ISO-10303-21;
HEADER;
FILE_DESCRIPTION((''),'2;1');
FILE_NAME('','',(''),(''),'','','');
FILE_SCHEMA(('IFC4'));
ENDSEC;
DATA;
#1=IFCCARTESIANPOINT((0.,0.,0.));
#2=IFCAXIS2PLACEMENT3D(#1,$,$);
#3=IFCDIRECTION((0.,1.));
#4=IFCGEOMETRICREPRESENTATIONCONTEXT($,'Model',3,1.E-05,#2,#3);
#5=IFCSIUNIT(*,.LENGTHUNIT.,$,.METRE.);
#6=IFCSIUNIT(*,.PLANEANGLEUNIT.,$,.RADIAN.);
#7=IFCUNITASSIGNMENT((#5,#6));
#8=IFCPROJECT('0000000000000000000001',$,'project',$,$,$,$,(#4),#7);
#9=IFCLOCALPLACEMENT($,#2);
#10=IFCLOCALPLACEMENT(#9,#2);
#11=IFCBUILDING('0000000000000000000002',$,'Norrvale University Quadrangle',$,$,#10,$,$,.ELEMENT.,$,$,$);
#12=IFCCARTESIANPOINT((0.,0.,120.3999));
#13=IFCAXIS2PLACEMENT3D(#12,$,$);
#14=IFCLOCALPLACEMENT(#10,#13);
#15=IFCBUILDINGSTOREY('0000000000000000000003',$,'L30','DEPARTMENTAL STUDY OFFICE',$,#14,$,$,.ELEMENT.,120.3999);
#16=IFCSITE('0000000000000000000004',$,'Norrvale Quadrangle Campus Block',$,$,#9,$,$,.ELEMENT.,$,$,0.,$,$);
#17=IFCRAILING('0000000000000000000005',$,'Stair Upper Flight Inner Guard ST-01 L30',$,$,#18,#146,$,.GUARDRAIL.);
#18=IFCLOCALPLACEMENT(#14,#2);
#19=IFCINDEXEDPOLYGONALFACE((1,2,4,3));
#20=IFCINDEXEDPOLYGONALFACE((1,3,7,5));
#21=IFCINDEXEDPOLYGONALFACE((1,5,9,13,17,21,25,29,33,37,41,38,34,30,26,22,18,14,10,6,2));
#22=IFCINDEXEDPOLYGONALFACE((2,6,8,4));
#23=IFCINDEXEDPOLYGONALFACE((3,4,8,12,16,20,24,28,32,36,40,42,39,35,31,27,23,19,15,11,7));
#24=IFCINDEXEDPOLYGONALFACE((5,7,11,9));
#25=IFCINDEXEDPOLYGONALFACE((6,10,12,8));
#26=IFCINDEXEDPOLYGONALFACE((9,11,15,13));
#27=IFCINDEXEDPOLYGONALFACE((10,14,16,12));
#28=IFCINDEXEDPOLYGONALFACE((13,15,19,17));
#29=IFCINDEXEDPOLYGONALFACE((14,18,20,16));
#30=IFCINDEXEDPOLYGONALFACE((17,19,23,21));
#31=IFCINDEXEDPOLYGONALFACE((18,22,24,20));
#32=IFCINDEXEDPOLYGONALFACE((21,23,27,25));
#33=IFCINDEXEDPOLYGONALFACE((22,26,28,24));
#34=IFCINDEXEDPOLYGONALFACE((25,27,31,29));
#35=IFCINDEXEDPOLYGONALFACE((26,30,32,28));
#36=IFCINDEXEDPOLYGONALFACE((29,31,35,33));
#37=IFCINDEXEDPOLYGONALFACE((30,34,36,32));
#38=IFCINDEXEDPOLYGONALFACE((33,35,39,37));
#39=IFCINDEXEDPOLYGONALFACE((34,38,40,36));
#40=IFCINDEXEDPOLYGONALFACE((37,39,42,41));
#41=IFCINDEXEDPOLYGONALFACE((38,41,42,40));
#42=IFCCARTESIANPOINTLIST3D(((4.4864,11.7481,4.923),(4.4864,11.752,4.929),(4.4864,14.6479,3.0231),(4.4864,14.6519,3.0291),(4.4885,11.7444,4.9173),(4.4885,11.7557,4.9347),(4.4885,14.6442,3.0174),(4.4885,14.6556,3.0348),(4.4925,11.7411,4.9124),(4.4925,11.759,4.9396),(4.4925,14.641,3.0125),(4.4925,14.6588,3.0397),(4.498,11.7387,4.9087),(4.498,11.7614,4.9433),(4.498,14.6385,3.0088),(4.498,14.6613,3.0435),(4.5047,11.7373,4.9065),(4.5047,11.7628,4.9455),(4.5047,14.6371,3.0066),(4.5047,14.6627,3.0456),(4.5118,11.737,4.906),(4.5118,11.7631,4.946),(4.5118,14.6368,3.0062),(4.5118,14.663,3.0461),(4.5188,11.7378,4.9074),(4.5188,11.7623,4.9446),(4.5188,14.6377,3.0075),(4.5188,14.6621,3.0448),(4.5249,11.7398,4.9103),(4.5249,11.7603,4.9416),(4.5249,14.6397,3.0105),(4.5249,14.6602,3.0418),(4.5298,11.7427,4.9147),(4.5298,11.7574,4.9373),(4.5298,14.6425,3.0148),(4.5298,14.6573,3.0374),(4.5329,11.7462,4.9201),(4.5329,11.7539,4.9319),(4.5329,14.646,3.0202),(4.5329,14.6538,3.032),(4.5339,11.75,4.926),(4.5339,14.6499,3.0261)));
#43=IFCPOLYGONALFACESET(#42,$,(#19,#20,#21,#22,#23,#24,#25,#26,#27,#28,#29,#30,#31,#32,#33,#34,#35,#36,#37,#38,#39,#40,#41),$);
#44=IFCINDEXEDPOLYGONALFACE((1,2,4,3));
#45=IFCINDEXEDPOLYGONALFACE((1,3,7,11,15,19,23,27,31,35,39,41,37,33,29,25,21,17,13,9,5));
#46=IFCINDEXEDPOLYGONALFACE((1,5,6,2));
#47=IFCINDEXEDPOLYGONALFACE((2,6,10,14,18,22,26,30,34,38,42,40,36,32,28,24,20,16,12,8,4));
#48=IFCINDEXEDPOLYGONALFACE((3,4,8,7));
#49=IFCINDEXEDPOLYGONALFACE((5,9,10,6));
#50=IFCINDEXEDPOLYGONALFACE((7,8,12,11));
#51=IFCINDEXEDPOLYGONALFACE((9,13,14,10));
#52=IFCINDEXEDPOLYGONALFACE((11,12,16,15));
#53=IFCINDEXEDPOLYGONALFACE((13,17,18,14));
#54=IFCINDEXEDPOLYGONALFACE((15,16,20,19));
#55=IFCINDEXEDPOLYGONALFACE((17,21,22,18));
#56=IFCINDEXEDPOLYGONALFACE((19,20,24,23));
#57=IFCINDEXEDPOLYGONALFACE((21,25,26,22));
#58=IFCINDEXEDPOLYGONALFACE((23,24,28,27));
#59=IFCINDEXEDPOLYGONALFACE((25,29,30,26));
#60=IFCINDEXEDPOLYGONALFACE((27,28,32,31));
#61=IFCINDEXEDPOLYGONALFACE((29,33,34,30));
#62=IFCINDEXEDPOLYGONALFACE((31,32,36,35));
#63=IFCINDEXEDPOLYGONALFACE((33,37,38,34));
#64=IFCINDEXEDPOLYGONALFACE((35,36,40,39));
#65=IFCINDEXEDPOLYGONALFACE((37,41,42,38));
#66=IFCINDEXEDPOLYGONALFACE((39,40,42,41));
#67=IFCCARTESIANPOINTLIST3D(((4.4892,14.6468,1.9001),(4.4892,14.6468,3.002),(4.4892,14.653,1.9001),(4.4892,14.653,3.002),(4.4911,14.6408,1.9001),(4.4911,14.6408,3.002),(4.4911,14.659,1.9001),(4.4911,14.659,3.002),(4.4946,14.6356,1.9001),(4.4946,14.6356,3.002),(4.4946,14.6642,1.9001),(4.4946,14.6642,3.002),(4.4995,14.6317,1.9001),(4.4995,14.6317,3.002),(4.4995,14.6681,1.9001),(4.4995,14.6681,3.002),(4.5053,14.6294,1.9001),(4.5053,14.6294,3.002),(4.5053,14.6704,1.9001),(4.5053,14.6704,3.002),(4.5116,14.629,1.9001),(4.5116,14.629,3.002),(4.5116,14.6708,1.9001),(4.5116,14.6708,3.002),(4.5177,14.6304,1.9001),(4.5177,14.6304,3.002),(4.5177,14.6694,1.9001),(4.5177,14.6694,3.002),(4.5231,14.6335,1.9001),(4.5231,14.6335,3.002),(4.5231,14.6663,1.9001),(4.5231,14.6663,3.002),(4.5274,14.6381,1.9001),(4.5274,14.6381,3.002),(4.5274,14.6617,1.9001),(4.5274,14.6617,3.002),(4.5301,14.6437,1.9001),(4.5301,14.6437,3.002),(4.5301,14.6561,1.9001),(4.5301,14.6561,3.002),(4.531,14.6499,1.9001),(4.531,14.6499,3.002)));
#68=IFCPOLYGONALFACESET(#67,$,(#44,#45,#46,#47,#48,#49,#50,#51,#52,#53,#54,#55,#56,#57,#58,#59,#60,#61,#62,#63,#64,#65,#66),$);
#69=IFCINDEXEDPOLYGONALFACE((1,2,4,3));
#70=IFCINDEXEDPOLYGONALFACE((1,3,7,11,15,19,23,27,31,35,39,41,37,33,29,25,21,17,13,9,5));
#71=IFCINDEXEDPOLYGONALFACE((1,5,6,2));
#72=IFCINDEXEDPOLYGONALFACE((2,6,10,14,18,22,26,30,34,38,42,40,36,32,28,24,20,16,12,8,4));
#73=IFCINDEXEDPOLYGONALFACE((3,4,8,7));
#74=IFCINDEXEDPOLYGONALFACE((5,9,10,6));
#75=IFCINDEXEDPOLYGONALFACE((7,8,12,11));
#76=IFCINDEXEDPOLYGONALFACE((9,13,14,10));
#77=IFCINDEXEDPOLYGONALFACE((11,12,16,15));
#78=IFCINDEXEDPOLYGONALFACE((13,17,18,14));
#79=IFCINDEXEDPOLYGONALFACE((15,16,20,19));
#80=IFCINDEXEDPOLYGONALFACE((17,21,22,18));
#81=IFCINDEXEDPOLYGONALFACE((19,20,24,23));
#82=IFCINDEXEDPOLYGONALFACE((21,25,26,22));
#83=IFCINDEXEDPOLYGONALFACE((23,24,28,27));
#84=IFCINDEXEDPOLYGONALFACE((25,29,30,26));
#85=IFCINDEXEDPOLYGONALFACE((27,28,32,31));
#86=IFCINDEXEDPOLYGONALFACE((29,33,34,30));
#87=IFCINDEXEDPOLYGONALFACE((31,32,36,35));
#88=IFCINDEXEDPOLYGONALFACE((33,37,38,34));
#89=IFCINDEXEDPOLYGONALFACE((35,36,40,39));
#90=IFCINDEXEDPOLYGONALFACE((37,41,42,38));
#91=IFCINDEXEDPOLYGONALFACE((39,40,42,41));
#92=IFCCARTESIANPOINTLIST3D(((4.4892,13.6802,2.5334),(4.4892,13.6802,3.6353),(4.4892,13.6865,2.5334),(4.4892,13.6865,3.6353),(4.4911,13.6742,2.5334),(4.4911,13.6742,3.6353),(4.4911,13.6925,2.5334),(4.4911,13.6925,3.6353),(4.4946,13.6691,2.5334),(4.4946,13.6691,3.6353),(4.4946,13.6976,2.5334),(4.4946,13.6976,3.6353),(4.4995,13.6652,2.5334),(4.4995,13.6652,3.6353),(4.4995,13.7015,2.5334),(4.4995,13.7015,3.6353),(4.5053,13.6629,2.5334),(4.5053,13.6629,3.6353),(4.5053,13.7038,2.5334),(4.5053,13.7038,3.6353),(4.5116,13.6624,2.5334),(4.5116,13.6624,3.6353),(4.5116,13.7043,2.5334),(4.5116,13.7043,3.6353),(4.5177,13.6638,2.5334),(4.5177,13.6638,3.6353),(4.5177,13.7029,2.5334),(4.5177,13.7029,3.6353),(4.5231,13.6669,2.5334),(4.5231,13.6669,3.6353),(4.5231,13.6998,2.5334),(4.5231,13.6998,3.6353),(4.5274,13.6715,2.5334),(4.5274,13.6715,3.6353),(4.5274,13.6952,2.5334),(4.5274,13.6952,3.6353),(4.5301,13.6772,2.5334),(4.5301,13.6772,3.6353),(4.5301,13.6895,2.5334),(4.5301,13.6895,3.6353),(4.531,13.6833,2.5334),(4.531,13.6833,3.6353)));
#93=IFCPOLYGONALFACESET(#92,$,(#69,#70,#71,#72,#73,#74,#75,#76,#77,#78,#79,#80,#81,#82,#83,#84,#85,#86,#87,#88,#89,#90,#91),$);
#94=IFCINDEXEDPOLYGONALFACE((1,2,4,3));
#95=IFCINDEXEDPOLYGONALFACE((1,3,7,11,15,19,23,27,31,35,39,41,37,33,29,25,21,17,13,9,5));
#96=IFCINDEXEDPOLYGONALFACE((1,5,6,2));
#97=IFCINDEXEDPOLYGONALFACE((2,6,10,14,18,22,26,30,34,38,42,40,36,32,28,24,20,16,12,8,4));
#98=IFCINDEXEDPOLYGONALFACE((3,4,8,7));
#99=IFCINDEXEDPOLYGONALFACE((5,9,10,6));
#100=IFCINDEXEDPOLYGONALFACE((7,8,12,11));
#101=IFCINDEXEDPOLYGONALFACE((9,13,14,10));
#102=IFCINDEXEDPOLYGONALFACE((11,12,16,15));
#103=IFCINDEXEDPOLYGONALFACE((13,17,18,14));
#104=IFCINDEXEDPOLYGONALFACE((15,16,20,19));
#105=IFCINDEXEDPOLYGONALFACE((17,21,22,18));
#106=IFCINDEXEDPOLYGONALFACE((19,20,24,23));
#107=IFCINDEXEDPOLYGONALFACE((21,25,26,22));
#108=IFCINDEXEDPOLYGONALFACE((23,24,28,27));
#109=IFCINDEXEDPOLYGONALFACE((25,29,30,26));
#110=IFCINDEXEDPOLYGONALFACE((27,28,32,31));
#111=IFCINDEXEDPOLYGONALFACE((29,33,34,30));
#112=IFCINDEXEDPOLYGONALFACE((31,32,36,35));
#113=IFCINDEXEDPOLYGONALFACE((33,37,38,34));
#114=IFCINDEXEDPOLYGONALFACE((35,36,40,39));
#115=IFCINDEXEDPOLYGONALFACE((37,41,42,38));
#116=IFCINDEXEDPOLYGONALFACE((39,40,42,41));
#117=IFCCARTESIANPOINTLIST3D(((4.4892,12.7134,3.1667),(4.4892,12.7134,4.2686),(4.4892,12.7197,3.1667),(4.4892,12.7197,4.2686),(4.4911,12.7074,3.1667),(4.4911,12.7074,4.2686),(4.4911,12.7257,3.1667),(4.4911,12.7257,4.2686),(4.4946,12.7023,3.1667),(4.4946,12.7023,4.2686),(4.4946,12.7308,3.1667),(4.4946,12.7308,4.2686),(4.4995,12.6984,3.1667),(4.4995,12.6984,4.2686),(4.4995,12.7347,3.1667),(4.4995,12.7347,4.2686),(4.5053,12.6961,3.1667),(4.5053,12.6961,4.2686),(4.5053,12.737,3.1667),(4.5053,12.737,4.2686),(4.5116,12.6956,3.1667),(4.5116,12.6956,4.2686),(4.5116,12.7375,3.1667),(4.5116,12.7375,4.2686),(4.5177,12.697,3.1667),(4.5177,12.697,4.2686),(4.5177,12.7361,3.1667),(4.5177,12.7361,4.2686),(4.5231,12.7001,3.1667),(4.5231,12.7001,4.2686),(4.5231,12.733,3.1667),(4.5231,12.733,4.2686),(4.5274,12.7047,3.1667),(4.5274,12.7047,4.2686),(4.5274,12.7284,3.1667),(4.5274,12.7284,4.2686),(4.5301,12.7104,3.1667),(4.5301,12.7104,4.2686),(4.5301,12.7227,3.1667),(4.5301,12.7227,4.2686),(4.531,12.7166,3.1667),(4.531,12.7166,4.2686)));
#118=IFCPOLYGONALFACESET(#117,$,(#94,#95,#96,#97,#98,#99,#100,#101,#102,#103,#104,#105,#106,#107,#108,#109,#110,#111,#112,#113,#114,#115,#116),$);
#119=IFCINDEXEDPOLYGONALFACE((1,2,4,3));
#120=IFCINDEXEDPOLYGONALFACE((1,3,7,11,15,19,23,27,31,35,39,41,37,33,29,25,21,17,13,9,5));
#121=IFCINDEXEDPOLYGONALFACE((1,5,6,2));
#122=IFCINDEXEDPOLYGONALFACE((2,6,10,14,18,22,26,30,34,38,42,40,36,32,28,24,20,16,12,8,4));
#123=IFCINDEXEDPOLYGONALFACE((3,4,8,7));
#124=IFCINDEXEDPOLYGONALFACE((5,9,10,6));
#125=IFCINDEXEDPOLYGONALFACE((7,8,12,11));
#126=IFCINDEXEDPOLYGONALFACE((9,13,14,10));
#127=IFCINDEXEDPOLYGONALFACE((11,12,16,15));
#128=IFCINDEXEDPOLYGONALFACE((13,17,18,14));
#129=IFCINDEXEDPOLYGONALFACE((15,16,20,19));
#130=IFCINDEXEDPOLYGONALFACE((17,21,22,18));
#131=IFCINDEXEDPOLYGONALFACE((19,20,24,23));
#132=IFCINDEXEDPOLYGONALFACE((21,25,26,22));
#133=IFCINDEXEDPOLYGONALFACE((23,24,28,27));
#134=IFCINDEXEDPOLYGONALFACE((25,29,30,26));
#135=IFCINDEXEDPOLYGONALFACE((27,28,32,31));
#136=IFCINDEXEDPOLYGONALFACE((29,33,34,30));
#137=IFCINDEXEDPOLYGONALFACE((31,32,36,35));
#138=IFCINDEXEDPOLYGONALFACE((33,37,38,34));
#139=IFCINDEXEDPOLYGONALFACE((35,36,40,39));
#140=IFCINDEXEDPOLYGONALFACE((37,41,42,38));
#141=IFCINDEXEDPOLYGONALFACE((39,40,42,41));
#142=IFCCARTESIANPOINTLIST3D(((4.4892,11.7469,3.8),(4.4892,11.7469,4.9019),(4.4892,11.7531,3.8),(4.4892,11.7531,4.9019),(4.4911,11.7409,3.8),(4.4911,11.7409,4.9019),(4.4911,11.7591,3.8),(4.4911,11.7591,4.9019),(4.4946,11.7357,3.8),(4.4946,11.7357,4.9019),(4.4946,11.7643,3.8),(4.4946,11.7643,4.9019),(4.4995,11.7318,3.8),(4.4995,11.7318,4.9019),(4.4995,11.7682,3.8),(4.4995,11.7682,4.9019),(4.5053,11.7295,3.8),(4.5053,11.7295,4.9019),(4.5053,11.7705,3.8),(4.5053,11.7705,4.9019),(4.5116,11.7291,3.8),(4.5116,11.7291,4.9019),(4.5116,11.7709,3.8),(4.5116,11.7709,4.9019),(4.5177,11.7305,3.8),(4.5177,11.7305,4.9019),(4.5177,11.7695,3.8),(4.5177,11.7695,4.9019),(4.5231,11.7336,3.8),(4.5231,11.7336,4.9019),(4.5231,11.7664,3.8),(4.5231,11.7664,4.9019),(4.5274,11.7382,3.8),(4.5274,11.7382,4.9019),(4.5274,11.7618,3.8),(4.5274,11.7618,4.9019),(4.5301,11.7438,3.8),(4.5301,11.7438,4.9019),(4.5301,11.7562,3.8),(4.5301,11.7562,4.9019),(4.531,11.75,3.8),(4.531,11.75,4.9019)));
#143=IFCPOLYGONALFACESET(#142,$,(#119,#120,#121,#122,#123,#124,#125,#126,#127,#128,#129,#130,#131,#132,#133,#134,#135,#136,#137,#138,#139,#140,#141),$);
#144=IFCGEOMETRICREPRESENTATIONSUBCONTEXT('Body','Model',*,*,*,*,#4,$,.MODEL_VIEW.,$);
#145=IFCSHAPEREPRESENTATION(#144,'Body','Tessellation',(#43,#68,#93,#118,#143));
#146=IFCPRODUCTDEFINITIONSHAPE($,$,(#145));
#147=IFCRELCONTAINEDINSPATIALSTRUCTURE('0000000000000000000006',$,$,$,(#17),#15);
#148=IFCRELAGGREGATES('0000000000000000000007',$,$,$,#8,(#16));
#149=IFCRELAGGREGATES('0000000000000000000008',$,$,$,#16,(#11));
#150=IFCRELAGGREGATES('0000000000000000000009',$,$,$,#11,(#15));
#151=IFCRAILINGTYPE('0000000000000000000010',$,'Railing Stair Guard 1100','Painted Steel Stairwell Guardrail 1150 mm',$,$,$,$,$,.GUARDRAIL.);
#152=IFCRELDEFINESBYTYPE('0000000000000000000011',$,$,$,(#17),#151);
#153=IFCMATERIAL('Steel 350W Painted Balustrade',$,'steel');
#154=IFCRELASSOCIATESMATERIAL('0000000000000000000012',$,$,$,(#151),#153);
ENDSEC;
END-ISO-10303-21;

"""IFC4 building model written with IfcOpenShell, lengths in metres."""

from ifc_helpers import new_model, si_unit, direction, frame, origin, origin_2d, place, context, subcontext, project, spatial, circle, extrude, material, type_object, element, save


model = new_model("IFC4")

# Units and contexts
model_context = context("Model", 3, precision=1e-05, world=origin(), true_north=direction((0.0, 1.0)))
body_context = subcontext(model_context, "Body", "Model", "MODEL_VIEW")
ifc_project = project(units=[si_unit("LENGTHUNIT", "METRE"), si_unit("PLANEANGLEUNIT", "RADIAN")], contexts=[model_context])

# Site, building, storey
site_placement = place(None, origin())
site = spatial("IfcSite", under=ifc_project, at=site_placement, Name="Norrvale Quadrangle Campus Block", CompositionType="ELEMENT", RefElevation=0.0)
building_placement = place(site_placement, origin())
building = spatial("IfcBuilding", under=site, at=building_placement, Name="Norrvale University Quadrangle", CompositionType="ELEMENT")
storey_placement = place(building_placement, frame((0.0, 0.0, 120.3999)))
storey = spatial("IfcBuildingStorey", under=building, at=storey_placement, Name="L30", Description="DEPARTMENTAL STUDY OFFICE", CompositionType="ELEMENT", Elevation=120.3999)

# Railing
ifc_material_1 = material(Name="Steel 350W Painted Balustrade", Category="steel")
railing_type_1 = type_object("IfcRailingType", Name="Railing Stair Guard 1100", Description="Painted Steel Stairwell Guardrail 1150 mm", PredefinedType="GUARDRAIL", material=ifc_material_1)
railing_1_placement = place(storey_placement, frame((4.51, 14.6499, 1.9001)))
element("IfcRailing", 1, at=railing_1_placement, inside=storey, type_object=railing_type_1, Name="Stair Upper Flight Inner Guard ST-01 L30", PredefinedType="GUARDRAIL", context=body_context, shape_type="SweptSolid", body=[
    extrude(circle(Radius=0.0239, at=origin_2d()), frame((0.0, 0.0, 1.126), z_axis=(0.0, -0.836466, 0.548019), x_axis=(1.0, 0.0, 0.0)), (0.0, 0.0, 1.0), 3.4668),
    extrude(circle(Radius=0.021, at=origin_2d()), origin(), (0.0, 0.0, 1.0), 1.1018),
    extrude(circle(Radius=0.021, at=origin_2d()), frame((0.0, -0.9666, 0.6333)), (0.0, 0.0, 1.0), 1.1018),
    extrude(circle(Radius=0.021, at=origin_2d()), frame((0.0, -1.9333, 1.2666)), (0.0, 0.0, 1.0), 1.1018),
    extrude(circle(Radius=0.021, at=origin_2d()), frame((0.0, -2.8999, 1.8999)), (0.0, 0.0, 1.0), 1.1018),
])

save(model, "model.ifc")
